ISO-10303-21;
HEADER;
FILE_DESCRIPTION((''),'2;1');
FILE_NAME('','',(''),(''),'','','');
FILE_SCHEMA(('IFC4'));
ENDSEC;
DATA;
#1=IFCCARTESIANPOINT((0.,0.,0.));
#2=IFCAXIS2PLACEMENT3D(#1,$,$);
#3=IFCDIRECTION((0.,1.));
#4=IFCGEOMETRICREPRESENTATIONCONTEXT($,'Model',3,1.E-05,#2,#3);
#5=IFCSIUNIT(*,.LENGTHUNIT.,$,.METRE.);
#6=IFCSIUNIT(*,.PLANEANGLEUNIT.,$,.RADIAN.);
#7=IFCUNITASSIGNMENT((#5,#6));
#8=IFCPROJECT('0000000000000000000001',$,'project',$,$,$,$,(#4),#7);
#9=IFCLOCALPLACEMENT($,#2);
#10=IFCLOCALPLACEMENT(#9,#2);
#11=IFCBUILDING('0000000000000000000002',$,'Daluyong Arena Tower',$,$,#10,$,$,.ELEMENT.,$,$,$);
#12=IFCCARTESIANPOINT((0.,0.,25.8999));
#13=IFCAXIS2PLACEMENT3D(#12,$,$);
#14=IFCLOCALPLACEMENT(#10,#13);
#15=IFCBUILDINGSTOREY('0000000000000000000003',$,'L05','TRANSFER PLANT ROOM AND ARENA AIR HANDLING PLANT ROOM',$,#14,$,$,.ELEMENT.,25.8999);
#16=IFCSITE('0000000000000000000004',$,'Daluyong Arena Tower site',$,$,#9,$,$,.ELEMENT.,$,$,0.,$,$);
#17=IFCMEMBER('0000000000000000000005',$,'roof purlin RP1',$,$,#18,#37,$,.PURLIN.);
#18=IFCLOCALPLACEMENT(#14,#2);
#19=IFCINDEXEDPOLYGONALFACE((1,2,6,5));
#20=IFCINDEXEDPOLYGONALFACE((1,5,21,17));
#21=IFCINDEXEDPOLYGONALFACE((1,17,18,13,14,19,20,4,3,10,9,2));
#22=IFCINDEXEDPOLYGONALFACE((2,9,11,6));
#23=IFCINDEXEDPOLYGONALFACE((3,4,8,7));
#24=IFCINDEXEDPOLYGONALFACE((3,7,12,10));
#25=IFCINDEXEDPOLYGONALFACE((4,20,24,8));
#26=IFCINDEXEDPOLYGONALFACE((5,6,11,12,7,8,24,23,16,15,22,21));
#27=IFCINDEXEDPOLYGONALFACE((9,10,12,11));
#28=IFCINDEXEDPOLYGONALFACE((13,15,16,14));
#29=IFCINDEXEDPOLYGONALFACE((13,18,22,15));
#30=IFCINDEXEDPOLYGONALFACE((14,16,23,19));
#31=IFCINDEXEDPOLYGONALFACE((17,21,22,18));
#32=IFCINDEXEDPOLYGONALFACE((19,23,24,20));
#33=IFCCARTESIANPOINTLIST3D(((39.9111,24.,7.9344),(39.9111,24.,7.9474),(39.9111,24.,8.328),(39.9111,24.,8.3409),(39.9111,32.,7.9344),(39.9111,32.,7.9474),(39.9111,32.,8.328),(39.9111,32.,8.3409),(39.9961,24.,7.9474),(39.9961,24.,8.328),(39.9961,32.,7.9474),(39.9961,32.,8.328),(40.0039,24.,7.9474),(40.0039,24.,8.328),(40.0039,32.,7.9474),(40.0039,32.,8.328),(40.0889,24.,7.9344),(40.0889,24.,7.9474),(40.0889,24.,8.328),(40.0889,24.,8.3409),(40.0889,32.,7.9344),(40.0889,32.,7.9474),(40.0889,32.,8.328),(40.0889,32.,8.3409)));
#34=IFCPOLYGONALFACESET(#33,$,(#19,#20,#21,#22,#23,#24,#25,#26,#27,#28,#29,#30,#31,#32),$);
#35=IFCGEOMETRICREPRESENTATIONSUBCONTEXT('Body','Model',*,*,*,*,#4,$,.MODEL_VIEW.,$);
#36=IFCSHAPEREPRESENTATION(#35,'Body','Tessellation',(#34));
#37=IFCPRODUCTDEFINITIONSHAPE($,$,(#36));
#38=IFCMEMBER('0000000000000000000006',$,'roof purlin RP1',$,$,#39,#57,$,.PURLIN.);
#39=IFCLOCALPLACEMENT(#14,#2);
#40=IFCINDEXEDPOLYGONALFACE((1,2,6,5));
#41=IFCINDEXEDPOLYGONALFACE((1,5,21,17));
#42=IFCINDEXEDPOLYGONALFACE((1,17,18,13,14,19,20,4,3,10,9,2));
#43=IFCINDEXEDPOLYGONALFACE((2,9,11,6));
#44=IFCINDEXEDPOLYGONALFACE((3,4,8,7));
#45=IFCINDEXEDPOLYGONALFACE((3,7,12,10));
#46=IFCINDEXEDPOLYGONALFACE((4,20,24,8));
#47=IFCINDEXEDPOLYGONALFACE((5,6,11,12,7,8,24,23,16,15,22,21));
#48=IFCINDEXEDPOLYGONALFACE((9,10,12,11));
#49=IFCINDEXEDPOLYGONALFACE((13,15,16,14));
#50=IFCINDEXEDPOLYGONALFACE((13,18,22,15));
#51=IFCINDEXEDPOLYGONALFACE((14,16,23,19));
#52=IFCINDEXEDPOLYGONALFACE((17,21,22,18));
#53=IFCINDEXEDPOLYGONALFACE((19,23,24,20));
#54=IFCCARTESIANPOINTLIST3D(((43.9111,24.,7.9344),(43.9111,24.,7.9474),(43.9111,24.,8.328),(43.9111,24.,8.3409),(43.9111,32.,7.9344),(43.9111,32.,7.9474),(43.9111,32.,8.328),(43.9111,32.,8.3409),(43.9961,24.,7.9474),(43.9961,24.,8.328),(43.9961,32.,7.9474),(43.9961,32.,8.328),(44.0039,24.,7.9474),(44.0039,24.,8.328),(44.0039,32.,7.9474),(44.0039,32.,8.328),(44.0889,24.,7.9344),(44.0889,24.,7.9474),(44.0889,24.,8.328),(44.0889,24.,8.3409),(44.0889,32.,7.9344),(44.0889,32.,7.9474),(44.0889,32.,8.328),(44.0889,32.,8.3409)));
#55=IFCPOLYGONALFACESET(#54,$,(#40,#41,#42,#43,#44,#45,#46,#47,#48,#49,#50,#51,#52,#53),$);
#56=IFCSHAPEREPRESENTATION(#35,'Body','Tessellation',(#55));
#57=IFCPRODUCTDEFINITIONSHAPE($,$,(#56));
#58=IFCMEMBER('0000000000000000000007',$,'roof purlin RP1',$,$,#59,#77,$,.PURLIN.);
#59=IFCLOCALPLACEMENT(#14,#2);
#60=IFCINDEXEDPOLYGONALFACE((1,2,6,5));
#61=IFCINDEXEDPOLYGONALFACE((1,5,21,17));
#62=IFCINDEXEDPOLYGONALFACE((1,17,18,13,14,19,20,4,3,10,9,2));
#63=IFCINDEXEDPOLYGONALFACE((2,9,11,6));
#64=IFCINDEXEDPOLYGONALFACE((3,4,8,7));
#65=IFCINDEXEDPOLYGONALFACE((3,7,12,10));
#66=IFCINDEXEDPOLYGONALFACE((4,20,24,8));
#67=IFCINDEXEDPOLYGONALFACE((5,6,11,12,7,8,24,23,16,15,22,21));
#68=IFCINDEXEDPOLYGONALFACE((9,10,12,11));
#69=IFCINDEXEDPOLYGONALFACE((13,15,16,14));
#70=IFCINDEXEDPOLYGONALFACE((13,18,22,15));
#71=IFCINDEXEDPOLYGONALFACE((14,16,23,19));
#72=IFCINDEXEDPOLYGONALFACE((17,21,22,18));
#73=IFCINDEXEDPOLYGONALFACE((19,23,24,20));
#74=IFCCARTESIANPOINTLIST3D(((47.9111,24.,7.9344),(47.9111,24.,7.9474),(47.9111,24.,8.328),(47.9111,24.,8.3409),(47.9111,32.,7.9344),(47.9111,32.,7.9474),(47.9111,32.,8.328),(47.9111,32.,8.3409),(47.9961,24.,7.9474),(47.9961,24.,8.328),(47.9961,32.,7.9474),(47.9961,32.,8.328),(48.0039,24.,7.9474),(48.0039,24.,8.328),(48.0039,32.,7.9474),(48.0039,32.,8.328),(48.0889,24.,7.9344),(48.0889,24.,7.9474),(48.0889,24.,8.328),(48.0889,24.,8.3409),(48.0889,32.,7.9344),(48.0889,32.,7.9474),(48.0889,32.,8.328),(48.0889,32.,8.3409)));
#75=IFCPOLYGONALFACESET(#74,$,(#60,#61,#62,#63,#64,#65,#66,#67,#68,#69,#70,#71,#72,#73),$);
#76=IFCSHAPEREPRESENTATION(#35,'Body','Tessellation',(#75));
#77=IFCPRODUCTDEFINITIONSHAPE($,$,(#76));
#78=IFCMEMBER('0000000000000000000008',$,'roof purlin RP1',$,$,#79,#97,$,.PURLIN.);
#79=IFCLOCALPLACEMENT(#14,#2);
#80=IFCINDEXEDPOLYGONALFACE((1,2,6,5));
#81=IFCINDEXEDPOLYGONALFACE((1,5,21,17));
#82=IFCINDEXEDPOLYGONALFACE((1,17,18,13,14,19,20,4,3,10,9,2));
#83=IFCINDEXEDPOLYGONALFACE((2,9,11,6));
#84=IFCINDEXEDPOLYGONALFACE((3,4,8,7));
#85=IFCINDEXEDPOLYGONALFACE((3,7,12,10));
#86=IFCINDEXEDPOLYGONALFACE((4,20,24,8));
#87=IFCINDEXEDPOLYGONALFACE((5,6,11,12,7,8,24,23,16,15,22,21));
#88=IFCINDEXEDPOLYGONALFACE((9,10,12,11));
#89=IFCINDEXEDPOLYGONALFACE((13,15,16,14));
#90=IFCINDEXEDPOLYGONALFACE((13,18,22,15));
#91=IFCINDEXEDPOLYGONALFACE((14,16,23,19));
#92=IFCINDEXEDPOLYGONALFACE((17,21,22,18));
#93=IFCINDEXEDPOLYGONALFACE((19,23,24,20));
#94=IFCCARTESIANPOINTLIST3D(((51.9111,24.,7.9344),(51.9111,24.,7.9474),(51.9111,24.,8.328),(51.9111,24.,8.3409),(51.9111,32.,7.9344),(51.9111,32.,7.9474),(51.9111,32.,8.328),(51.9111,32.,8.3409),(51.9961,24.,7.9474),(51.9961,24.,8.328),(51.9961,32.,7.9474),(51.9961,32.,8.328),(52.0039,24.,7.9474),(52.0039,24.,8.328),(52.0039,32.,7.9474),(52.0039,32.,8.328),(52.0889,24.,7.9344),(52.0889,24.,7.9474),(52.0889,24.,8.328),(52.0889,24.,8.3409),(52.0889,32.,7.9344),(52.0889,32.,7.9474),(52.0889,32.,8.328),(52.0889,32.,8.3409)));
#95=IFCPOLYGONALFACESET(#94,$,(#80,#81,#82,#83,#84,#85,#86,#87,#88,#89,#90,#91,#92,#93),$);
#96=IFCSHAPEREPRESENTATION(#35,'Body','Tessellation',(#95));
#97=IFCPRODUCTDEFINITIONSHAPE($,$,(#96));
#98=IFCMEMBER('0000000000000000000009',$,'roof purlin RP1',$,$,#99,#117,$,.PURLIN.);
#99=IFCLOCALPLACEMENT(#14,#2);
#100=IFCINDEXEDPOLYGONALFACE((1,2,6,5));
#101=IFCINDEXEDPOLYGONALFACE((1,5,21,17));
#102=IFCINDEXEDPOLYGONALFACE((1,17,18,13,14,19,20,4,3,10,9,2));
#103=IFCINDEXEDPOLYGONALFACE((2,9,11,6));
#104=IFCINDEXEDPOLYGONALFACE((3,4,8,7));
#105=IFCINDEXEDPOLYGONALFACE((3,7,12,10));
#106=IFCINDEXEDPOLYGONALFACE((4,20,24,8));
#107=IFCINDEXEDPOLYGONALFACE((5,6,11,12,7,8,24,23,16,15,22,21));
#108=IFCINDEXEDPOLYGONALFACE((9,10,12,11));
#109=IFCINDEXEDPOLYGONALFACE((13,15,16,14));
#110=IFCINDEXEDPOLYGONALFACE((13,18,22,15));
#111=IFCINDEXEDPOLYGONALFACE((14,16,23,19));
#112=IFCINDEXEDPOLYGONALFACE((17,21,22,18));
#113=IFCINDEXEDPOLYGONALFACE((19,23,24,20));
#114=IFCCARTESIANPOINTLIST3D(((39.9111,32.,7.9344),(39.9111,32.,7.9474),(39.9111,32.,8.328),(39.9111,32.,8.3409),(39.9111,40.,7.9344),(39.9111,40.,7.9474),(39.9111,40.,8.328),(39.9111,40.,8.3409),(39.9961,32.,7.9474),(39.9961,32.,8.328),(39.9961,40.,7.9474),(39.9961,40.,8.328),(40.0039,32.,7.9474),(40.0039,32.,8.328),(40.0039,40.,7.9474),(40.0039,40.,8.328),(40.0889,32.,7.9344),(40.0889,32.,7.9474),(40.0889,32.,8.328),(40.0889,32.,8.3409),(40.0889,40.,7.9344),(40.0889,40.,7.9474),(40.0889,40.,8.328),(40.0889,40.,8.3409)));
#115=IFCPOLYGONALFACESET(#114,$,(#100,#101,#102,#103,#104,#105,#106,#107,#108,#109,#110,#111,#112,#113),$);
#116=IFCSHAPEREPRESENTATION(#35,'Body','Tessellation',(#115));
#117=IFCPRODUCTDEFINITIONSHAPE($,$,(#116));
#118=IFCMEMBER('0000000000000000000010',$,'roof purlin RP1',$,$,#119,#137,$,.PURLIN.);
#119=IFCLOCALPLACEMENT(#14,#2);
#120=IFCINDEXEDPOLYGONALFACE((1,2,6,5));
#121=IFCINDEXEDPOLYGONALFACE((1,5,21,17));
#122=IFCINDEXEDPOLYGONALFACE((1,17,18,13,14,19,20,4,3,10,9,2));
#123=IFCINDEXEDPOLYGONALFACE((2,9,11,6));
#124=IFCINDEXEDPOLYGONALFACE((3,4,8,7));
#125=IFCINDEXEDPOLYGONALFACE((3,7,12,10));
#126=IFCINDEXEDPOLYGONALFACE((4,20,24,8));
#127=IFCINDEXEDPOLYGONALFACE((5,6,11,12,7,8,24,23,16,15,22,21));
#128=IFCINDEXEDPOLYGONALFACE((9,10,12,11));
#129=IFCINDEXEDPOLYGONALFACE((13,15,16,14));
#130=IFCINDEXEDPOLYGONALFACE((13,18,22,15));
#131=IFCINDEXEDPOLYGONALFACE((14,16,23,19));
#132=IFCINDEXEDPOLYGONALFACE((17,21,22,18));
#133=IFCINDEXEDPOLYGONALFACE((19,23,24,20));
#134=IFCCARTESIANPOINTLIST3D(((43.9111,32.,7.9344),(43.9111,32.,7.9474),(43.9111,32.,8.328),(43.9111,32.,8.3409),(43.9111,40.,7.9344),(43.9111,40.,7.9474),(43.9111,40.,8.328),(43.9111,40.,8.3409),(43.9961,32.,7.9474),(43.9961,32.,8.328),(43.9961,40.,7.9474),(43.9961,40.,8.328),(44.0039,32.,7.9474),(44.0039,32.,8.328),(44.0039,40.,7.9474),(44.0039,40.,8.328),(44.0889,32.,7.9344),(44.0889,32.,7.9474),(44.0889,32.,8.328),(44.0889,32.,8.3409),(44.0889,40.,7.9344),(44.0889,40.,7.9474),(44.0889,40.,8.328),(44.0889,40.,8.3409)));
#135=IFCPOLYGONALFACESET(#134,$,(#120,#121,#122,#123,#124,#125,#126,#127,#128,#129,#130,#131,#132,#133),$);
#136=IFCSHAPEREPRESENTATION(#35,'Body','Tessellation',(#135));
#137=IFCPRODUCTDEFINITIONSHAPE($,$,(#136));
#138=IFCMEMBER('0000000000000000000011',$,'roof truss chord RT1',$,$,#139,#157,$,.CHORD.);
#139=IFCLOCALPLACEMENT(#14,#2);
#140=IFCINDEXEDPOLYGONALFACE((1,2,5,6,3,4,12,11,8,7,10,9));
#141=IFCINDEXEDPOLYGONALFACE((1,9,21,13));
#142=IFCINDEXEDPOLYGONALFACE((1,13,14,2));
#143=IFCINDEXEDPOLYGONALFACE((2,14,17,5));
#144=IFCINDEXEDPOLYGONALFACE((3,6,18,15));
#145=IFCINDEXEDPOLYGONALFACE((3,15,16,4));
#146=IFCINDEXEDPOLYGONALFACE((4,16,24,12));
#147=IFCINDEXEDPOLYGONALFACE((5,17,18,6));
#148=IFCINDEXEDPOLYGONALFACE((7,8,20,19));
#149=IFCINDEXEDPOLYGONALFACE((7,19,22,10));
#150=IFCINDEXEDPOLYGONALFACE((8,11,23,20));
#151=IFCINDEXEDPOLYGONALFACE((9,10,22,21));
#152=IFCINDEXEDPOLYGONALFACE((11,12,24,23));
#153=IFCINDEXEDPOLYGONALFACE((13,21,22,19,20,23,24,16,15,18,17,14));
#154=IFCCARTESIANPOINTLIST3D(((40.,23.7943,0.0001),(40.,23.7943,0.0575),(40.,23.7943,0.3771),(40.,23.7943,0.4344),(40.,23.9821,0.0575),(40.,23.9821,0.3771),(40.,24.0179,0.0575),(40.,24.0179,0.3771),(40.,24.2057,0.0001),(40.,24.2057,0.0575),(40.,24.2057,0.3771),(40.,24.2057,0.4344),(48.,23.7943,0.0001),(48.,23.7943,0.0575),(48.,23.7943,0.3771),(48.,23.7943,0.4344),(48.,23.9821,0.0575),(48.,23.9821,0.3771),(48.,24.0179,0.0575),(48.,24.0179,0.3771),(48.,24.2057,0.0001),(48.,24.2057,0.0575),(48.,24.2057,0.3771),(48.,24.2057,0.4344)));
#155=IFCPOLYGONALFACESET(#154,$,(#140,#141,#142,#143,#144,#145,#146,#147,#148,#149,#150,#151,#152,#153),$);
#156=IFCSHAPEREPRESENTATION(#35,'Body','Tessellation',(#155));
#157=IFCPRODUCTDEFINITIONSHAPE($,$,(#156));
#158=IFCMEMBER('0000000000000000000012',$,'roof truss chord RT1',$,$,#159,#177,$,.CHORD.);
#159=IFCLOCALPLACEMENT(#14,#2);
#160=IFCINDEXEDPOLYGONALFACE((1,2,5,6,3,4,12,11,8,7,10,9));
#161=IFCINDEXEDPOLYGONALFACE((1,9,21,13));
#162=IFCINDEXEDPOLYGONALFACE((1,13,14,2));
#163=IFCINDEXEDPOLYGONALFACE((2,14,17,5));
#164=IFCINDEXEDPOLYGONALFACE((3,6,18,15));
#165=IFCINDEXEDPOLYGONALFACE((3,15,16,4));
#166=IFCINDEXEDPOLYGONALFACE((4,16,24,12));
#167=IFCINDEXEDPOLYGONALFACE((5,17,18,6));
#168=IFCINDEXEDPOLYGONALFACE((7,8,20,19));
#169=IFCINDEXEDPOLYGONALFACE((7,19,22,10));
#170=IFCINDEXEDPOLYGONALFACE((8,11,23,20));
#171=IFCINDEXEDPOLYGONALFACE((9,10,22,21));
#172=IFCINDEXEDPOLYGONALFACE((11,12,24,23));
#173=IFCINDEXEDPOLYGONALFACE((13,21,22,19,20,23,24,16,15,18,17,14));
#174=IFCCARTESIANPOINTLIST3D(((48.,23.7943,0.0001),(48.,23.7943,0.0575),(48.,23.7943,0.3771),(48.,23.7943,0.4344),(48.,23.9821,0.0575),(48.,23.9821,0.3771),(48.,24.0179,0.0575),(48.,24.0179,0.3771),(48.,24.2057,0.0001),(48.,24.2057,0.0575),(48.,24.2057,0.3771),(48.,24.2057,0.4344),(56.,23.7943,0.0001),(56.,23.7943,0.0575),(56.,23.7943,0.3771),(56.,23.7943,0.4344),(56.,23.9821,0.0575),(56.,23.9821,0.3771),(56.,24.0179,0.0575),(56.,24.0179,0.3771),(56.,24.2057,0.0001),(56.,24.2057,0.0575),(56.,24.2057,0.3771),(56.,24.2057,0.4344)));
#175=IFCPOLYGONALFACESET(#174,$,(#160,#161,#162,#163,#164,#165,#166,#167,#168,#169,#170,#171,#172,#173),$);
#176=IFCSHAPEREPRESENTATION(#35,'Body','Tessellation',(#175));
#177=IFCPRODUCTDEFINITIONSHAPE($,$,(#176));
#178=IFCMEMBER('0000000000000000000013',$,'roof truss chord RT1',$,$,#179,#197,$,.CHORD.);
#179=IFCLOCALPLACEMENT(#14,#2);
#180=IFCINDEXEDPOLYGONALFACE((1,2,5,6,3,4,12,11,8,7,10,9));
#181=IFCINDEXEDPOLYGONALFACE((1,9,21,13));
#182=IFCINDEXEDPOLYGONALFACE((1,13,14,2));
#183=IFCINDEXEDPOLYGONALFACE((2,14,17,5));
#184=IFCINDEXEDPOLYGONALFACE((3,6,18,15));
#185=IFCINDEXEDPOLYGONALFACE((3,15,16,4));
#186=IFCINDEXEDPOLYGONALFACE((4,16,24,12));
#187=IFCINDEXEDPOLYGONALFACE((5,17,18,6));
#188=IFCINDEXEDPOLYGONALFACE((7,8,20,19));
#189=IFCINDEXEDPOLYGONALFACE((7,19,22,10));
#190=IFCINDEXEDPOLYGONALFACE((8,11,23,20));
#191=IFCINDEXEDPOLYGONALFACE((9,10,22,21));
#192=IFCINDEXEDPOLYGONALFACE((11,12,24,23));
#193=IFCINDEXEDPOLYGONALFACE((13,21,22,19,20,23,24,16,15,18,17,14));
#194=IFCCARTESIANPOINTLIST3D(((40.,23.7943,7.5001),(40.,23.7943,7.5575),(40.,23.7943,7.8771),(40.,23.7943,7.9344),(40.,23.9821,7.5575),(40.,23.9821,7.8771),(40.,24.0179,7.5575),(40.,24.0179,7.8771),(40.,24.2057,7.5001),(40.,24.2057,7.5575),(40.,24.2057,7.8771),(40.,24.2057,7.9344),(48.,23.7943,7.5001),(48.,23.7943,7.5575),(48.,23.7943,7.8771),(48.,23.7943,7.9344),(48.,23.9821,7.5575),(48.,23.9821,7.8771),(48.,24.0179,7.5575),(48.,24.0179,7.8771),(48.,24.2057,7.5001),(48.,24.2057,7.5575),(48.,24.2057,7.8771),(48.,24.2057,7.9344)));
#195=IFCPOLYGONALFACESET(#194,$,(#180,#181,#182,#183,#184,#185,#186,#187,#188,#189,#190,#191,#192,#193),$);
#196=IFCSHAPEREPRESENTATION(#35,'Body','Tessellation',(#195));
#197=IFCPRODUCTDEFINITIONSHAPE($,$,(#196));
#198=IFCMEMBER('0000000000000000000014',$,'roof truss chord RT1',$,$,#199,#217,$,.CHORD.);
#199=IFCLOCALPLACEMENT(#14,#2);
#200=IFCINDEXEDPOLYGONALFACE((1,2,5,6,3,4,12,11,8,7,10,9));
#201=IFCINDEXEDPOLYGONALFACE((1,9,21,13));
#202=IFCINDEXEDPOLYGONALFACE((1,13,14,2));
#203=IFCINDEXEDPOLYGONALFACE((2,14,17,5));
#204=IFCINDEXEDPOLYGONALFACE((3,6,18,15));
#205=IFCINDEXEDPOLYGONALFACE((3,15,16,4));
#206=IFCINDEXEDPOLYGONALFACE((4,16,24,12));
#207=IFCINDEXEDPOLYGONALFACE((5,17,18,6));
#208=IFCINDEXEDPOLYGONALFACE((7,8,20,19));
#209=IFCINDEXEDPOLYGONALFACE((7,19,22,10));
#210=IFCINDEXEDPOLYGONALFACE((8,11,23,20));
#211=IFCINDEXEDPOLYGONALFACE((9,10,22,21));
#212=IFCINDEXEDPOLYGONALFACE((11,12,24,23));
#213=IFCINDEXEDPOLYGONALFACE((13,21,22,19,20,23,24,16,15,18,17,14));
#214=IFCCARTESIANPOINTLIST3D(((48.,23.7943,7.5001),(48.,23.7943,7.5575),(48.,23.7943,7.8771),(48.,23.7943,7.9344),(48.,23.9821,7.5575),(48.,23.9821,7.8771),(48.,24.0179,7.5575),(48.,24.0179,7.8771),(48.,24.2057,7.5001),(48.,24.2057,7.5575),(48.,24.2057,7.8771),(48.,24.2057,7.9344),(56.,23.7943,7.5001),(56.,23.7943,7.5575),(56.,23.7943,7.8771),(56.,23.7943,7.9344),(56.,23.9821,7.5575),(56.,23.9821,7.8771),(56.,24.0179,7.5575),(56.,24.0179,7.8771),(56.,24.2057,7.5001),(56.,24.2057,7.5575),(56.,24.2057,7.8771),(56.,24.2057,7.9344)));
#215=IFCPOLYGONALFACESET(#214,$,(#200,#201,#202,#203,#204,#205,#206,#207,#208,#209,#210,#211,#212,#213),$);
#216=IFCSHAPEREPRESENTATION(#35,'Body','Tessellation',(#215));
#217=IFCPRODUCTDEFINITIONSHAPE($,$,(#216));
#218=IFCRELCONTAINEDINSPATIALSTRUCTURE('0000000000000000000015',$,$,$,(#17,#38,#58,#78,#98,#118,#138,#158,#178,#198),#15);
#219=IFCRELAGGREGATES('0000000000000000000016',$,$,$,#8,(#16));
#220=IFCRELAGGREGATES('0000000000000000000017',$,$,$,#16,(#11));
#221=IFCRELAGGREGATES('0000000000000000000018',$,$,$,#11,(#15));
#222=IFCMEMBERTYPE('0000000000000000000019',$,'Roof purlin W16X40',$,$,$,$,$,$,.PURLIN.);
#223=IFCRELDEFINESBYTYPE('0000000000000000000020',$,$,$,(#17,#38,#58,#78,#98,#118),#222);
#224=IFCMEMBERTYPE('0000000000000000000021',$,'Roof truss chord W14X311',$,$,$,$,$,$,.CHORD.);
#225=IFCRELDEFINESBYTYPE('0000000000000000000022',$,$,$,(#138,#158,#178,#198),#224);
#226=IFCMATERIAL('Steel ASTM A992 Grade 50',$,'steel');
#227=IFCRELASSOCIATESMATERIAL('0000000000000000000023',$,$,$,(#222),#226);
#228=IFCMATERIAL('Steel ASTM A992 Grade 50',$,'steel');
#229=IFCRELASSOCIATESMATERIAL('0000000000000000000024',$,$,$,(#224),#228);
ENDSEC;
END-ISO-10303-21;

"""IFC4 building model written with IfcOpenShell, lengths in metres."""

from ifc_helpers import new_model, si_unit, direction, frame, origin, origin_2d, place, context, subcontext, project, spatial, i_section, extrude, material, material_profile, profile_set, type_object, element, save


model = new_model("IFC4")

# Units and contexts
model_context = context("Model", 3, precision=1e-05, world=origin(), true_north=direction((0.0, 1.0)))
body_context = subcontext(model_context, "Body", "Model", "MODEL_VIEW")
ifc_project = project(units=[si_unit("LENGTHUNIT", "METRE"), si_unit("PLANEANGLEUNIT", "RADIAN")], contexts=[model_context])

# Site, building, storey
site_placement = place(None, origin())
site = spatial("IfcSite", under=ifc_project, at=site_placement, Name="Daluyong Arena Tower site", CompositionType="ELEMENT", RefElevation=0.0)
building_placement = place(site_placement, origin())
building = spatial("IfcBuilding", under=site, at=building_placement, Name="Daluyong Arena Tower", CompositionType="ELEMENT")
storey_placement = place(building_placement, frame((0.0, 0.0, 25.8999)))
storey = spatial("IfcBuildingStorey", under=building, at=storey_placement, Name="L05", Description="TRANSFER PLANT ROOM AND ARENA AIR HANDLING PLANT ROOM", CompositionType="ELEMENT", Elevation=25.8999)

# Members
ifc_material_1 = material(Name="Steel ASTM A992 Grade 50", Category="steel")
ifc_material_profile_1 = material_profile(ifc_material_1, i_section(OverallWidth=0.1777, OverallDepth=0.4065, WebThickness=0.0078, FlangeThickness=0.0129, at=origin_2d()))
ifc_profile_set_1 = profile_set([ifc_material_profile_1], Name="Steel ASTM A992 Grade 50")
member_type_1 = type_object("IfcMemberType", Name="Roof purlin W16X40", PredefinedType="PURLIN", material=ifc_profile_set_1)
for number, where, z_axis, x_axis, name in (
    (1, (40.0, 24.0, 8.1377), (0.0, 1.0, 0.0), (-1.0, 0.0, 0.0), "roof purlin RP1"),
    (2, (44.0, 24.0, 8.1377), (0.0, 1.0, 0.0), (-1.0, 0.0, 0.0), "roof purlin RP1"),
    (3, (48.0, 24.0, 8.1377), (0.0, 1.0, 0.0), (-1.0, 0.0, 0.0), "roof purlin RP1"),
    (4, (52.0, 24.0, 8.1377), (0.0, 1.0, 0.0), (-1.0, 0.0, 0.0), "roof purlin RP1"),
    (5, (40.0, 32.0, 8.1377), (0.0, 1.0, 0.0), (-1.0, 0.0, 0.0), "roof purlin RP1"),
    (6, (44.0, 32.0, 8.1377), (0.0, 1.0, 0.0), (-1.0, 0.0, 0.0), "roof purlin RP1"),
):
    element("IfcMember", number, at=place(storey_placement, frame(where, z_axis=z_axis, x_axis=x_axis)), inside=storey, type_object=member_type_1, Name=name, PredefinedType="PURLIN", context=body_context, shape_type="SweptSolid", body=[
        extrude(i_section(OverallWidth=0.1777, OverallDepth=0.4065, WebThickness=0.0078, FlangeThickness=0.0129, at=origin_2d()), origin(), (0.0, 0.0, 1.0), 8.0),
    ])
ifc_material_2 = material(Name="Steel ASTM A992 Grade 50", Category="steel")
ifc_material_profile_2 = material_profile(ifc_material_2, i_section(OverallWidth=0.4114, OverallDepth=0.4343, WebThickness=0.0359, FlangeThickness=0.0574, at=origin_2d()))
ifc_profile_set_2 = profile_set([ifc_material_profile_2], Name="Steel ASTM A992 Grade 50")
member_type_2 = type_object("IfcMemberType", Name="Roof truss chord W14X311", PredefinedType="CHORD", material=ifc_profile_set_2)
for number, where, z_axis, x_axis, name in (
    (7, (40.0, 24.0, 0.2173), (1.0, 0.0, 0.0), (0.0, 1.0, 0.0), "roof truss chord RT1"),
    (8, (48.0, 24.0, 0.2173), (1.0, 0.0, 0.0), (0.0, 1.0, 0.0), "roof truss chord RT1"),
    (9, (40.0, 24.0, 7.7173), (1.0, 0.0, 0.0), (0.0, 1.0, 0.0), "roof truss chord RT1"),
    (10, (48.0, 24.0, 7.7173), (1.0, 0.0, 0.0), (0.0, 1.0, 0.0), "roof truss chord RT1"),
):
    element("IfcMember", number, at=place(storey_placement, frame(where, z_axis=z_axis, x_axis=x_axis)), inside=storey, type_object=member_type_2, Name=name, PredefinedType="CHORD", context=body_context, shape_type="SweptSolid", body=[
        extrude(i_section(OverallWidth=0.4114, OverallDepth=0.4343, WebThickness=0.0359, FlangeThickness=0.0574, at=origin_2d()), origin(), (0.0, 0.0, 1.0), 8.0),
    ])

save(model, "model.ifc")
